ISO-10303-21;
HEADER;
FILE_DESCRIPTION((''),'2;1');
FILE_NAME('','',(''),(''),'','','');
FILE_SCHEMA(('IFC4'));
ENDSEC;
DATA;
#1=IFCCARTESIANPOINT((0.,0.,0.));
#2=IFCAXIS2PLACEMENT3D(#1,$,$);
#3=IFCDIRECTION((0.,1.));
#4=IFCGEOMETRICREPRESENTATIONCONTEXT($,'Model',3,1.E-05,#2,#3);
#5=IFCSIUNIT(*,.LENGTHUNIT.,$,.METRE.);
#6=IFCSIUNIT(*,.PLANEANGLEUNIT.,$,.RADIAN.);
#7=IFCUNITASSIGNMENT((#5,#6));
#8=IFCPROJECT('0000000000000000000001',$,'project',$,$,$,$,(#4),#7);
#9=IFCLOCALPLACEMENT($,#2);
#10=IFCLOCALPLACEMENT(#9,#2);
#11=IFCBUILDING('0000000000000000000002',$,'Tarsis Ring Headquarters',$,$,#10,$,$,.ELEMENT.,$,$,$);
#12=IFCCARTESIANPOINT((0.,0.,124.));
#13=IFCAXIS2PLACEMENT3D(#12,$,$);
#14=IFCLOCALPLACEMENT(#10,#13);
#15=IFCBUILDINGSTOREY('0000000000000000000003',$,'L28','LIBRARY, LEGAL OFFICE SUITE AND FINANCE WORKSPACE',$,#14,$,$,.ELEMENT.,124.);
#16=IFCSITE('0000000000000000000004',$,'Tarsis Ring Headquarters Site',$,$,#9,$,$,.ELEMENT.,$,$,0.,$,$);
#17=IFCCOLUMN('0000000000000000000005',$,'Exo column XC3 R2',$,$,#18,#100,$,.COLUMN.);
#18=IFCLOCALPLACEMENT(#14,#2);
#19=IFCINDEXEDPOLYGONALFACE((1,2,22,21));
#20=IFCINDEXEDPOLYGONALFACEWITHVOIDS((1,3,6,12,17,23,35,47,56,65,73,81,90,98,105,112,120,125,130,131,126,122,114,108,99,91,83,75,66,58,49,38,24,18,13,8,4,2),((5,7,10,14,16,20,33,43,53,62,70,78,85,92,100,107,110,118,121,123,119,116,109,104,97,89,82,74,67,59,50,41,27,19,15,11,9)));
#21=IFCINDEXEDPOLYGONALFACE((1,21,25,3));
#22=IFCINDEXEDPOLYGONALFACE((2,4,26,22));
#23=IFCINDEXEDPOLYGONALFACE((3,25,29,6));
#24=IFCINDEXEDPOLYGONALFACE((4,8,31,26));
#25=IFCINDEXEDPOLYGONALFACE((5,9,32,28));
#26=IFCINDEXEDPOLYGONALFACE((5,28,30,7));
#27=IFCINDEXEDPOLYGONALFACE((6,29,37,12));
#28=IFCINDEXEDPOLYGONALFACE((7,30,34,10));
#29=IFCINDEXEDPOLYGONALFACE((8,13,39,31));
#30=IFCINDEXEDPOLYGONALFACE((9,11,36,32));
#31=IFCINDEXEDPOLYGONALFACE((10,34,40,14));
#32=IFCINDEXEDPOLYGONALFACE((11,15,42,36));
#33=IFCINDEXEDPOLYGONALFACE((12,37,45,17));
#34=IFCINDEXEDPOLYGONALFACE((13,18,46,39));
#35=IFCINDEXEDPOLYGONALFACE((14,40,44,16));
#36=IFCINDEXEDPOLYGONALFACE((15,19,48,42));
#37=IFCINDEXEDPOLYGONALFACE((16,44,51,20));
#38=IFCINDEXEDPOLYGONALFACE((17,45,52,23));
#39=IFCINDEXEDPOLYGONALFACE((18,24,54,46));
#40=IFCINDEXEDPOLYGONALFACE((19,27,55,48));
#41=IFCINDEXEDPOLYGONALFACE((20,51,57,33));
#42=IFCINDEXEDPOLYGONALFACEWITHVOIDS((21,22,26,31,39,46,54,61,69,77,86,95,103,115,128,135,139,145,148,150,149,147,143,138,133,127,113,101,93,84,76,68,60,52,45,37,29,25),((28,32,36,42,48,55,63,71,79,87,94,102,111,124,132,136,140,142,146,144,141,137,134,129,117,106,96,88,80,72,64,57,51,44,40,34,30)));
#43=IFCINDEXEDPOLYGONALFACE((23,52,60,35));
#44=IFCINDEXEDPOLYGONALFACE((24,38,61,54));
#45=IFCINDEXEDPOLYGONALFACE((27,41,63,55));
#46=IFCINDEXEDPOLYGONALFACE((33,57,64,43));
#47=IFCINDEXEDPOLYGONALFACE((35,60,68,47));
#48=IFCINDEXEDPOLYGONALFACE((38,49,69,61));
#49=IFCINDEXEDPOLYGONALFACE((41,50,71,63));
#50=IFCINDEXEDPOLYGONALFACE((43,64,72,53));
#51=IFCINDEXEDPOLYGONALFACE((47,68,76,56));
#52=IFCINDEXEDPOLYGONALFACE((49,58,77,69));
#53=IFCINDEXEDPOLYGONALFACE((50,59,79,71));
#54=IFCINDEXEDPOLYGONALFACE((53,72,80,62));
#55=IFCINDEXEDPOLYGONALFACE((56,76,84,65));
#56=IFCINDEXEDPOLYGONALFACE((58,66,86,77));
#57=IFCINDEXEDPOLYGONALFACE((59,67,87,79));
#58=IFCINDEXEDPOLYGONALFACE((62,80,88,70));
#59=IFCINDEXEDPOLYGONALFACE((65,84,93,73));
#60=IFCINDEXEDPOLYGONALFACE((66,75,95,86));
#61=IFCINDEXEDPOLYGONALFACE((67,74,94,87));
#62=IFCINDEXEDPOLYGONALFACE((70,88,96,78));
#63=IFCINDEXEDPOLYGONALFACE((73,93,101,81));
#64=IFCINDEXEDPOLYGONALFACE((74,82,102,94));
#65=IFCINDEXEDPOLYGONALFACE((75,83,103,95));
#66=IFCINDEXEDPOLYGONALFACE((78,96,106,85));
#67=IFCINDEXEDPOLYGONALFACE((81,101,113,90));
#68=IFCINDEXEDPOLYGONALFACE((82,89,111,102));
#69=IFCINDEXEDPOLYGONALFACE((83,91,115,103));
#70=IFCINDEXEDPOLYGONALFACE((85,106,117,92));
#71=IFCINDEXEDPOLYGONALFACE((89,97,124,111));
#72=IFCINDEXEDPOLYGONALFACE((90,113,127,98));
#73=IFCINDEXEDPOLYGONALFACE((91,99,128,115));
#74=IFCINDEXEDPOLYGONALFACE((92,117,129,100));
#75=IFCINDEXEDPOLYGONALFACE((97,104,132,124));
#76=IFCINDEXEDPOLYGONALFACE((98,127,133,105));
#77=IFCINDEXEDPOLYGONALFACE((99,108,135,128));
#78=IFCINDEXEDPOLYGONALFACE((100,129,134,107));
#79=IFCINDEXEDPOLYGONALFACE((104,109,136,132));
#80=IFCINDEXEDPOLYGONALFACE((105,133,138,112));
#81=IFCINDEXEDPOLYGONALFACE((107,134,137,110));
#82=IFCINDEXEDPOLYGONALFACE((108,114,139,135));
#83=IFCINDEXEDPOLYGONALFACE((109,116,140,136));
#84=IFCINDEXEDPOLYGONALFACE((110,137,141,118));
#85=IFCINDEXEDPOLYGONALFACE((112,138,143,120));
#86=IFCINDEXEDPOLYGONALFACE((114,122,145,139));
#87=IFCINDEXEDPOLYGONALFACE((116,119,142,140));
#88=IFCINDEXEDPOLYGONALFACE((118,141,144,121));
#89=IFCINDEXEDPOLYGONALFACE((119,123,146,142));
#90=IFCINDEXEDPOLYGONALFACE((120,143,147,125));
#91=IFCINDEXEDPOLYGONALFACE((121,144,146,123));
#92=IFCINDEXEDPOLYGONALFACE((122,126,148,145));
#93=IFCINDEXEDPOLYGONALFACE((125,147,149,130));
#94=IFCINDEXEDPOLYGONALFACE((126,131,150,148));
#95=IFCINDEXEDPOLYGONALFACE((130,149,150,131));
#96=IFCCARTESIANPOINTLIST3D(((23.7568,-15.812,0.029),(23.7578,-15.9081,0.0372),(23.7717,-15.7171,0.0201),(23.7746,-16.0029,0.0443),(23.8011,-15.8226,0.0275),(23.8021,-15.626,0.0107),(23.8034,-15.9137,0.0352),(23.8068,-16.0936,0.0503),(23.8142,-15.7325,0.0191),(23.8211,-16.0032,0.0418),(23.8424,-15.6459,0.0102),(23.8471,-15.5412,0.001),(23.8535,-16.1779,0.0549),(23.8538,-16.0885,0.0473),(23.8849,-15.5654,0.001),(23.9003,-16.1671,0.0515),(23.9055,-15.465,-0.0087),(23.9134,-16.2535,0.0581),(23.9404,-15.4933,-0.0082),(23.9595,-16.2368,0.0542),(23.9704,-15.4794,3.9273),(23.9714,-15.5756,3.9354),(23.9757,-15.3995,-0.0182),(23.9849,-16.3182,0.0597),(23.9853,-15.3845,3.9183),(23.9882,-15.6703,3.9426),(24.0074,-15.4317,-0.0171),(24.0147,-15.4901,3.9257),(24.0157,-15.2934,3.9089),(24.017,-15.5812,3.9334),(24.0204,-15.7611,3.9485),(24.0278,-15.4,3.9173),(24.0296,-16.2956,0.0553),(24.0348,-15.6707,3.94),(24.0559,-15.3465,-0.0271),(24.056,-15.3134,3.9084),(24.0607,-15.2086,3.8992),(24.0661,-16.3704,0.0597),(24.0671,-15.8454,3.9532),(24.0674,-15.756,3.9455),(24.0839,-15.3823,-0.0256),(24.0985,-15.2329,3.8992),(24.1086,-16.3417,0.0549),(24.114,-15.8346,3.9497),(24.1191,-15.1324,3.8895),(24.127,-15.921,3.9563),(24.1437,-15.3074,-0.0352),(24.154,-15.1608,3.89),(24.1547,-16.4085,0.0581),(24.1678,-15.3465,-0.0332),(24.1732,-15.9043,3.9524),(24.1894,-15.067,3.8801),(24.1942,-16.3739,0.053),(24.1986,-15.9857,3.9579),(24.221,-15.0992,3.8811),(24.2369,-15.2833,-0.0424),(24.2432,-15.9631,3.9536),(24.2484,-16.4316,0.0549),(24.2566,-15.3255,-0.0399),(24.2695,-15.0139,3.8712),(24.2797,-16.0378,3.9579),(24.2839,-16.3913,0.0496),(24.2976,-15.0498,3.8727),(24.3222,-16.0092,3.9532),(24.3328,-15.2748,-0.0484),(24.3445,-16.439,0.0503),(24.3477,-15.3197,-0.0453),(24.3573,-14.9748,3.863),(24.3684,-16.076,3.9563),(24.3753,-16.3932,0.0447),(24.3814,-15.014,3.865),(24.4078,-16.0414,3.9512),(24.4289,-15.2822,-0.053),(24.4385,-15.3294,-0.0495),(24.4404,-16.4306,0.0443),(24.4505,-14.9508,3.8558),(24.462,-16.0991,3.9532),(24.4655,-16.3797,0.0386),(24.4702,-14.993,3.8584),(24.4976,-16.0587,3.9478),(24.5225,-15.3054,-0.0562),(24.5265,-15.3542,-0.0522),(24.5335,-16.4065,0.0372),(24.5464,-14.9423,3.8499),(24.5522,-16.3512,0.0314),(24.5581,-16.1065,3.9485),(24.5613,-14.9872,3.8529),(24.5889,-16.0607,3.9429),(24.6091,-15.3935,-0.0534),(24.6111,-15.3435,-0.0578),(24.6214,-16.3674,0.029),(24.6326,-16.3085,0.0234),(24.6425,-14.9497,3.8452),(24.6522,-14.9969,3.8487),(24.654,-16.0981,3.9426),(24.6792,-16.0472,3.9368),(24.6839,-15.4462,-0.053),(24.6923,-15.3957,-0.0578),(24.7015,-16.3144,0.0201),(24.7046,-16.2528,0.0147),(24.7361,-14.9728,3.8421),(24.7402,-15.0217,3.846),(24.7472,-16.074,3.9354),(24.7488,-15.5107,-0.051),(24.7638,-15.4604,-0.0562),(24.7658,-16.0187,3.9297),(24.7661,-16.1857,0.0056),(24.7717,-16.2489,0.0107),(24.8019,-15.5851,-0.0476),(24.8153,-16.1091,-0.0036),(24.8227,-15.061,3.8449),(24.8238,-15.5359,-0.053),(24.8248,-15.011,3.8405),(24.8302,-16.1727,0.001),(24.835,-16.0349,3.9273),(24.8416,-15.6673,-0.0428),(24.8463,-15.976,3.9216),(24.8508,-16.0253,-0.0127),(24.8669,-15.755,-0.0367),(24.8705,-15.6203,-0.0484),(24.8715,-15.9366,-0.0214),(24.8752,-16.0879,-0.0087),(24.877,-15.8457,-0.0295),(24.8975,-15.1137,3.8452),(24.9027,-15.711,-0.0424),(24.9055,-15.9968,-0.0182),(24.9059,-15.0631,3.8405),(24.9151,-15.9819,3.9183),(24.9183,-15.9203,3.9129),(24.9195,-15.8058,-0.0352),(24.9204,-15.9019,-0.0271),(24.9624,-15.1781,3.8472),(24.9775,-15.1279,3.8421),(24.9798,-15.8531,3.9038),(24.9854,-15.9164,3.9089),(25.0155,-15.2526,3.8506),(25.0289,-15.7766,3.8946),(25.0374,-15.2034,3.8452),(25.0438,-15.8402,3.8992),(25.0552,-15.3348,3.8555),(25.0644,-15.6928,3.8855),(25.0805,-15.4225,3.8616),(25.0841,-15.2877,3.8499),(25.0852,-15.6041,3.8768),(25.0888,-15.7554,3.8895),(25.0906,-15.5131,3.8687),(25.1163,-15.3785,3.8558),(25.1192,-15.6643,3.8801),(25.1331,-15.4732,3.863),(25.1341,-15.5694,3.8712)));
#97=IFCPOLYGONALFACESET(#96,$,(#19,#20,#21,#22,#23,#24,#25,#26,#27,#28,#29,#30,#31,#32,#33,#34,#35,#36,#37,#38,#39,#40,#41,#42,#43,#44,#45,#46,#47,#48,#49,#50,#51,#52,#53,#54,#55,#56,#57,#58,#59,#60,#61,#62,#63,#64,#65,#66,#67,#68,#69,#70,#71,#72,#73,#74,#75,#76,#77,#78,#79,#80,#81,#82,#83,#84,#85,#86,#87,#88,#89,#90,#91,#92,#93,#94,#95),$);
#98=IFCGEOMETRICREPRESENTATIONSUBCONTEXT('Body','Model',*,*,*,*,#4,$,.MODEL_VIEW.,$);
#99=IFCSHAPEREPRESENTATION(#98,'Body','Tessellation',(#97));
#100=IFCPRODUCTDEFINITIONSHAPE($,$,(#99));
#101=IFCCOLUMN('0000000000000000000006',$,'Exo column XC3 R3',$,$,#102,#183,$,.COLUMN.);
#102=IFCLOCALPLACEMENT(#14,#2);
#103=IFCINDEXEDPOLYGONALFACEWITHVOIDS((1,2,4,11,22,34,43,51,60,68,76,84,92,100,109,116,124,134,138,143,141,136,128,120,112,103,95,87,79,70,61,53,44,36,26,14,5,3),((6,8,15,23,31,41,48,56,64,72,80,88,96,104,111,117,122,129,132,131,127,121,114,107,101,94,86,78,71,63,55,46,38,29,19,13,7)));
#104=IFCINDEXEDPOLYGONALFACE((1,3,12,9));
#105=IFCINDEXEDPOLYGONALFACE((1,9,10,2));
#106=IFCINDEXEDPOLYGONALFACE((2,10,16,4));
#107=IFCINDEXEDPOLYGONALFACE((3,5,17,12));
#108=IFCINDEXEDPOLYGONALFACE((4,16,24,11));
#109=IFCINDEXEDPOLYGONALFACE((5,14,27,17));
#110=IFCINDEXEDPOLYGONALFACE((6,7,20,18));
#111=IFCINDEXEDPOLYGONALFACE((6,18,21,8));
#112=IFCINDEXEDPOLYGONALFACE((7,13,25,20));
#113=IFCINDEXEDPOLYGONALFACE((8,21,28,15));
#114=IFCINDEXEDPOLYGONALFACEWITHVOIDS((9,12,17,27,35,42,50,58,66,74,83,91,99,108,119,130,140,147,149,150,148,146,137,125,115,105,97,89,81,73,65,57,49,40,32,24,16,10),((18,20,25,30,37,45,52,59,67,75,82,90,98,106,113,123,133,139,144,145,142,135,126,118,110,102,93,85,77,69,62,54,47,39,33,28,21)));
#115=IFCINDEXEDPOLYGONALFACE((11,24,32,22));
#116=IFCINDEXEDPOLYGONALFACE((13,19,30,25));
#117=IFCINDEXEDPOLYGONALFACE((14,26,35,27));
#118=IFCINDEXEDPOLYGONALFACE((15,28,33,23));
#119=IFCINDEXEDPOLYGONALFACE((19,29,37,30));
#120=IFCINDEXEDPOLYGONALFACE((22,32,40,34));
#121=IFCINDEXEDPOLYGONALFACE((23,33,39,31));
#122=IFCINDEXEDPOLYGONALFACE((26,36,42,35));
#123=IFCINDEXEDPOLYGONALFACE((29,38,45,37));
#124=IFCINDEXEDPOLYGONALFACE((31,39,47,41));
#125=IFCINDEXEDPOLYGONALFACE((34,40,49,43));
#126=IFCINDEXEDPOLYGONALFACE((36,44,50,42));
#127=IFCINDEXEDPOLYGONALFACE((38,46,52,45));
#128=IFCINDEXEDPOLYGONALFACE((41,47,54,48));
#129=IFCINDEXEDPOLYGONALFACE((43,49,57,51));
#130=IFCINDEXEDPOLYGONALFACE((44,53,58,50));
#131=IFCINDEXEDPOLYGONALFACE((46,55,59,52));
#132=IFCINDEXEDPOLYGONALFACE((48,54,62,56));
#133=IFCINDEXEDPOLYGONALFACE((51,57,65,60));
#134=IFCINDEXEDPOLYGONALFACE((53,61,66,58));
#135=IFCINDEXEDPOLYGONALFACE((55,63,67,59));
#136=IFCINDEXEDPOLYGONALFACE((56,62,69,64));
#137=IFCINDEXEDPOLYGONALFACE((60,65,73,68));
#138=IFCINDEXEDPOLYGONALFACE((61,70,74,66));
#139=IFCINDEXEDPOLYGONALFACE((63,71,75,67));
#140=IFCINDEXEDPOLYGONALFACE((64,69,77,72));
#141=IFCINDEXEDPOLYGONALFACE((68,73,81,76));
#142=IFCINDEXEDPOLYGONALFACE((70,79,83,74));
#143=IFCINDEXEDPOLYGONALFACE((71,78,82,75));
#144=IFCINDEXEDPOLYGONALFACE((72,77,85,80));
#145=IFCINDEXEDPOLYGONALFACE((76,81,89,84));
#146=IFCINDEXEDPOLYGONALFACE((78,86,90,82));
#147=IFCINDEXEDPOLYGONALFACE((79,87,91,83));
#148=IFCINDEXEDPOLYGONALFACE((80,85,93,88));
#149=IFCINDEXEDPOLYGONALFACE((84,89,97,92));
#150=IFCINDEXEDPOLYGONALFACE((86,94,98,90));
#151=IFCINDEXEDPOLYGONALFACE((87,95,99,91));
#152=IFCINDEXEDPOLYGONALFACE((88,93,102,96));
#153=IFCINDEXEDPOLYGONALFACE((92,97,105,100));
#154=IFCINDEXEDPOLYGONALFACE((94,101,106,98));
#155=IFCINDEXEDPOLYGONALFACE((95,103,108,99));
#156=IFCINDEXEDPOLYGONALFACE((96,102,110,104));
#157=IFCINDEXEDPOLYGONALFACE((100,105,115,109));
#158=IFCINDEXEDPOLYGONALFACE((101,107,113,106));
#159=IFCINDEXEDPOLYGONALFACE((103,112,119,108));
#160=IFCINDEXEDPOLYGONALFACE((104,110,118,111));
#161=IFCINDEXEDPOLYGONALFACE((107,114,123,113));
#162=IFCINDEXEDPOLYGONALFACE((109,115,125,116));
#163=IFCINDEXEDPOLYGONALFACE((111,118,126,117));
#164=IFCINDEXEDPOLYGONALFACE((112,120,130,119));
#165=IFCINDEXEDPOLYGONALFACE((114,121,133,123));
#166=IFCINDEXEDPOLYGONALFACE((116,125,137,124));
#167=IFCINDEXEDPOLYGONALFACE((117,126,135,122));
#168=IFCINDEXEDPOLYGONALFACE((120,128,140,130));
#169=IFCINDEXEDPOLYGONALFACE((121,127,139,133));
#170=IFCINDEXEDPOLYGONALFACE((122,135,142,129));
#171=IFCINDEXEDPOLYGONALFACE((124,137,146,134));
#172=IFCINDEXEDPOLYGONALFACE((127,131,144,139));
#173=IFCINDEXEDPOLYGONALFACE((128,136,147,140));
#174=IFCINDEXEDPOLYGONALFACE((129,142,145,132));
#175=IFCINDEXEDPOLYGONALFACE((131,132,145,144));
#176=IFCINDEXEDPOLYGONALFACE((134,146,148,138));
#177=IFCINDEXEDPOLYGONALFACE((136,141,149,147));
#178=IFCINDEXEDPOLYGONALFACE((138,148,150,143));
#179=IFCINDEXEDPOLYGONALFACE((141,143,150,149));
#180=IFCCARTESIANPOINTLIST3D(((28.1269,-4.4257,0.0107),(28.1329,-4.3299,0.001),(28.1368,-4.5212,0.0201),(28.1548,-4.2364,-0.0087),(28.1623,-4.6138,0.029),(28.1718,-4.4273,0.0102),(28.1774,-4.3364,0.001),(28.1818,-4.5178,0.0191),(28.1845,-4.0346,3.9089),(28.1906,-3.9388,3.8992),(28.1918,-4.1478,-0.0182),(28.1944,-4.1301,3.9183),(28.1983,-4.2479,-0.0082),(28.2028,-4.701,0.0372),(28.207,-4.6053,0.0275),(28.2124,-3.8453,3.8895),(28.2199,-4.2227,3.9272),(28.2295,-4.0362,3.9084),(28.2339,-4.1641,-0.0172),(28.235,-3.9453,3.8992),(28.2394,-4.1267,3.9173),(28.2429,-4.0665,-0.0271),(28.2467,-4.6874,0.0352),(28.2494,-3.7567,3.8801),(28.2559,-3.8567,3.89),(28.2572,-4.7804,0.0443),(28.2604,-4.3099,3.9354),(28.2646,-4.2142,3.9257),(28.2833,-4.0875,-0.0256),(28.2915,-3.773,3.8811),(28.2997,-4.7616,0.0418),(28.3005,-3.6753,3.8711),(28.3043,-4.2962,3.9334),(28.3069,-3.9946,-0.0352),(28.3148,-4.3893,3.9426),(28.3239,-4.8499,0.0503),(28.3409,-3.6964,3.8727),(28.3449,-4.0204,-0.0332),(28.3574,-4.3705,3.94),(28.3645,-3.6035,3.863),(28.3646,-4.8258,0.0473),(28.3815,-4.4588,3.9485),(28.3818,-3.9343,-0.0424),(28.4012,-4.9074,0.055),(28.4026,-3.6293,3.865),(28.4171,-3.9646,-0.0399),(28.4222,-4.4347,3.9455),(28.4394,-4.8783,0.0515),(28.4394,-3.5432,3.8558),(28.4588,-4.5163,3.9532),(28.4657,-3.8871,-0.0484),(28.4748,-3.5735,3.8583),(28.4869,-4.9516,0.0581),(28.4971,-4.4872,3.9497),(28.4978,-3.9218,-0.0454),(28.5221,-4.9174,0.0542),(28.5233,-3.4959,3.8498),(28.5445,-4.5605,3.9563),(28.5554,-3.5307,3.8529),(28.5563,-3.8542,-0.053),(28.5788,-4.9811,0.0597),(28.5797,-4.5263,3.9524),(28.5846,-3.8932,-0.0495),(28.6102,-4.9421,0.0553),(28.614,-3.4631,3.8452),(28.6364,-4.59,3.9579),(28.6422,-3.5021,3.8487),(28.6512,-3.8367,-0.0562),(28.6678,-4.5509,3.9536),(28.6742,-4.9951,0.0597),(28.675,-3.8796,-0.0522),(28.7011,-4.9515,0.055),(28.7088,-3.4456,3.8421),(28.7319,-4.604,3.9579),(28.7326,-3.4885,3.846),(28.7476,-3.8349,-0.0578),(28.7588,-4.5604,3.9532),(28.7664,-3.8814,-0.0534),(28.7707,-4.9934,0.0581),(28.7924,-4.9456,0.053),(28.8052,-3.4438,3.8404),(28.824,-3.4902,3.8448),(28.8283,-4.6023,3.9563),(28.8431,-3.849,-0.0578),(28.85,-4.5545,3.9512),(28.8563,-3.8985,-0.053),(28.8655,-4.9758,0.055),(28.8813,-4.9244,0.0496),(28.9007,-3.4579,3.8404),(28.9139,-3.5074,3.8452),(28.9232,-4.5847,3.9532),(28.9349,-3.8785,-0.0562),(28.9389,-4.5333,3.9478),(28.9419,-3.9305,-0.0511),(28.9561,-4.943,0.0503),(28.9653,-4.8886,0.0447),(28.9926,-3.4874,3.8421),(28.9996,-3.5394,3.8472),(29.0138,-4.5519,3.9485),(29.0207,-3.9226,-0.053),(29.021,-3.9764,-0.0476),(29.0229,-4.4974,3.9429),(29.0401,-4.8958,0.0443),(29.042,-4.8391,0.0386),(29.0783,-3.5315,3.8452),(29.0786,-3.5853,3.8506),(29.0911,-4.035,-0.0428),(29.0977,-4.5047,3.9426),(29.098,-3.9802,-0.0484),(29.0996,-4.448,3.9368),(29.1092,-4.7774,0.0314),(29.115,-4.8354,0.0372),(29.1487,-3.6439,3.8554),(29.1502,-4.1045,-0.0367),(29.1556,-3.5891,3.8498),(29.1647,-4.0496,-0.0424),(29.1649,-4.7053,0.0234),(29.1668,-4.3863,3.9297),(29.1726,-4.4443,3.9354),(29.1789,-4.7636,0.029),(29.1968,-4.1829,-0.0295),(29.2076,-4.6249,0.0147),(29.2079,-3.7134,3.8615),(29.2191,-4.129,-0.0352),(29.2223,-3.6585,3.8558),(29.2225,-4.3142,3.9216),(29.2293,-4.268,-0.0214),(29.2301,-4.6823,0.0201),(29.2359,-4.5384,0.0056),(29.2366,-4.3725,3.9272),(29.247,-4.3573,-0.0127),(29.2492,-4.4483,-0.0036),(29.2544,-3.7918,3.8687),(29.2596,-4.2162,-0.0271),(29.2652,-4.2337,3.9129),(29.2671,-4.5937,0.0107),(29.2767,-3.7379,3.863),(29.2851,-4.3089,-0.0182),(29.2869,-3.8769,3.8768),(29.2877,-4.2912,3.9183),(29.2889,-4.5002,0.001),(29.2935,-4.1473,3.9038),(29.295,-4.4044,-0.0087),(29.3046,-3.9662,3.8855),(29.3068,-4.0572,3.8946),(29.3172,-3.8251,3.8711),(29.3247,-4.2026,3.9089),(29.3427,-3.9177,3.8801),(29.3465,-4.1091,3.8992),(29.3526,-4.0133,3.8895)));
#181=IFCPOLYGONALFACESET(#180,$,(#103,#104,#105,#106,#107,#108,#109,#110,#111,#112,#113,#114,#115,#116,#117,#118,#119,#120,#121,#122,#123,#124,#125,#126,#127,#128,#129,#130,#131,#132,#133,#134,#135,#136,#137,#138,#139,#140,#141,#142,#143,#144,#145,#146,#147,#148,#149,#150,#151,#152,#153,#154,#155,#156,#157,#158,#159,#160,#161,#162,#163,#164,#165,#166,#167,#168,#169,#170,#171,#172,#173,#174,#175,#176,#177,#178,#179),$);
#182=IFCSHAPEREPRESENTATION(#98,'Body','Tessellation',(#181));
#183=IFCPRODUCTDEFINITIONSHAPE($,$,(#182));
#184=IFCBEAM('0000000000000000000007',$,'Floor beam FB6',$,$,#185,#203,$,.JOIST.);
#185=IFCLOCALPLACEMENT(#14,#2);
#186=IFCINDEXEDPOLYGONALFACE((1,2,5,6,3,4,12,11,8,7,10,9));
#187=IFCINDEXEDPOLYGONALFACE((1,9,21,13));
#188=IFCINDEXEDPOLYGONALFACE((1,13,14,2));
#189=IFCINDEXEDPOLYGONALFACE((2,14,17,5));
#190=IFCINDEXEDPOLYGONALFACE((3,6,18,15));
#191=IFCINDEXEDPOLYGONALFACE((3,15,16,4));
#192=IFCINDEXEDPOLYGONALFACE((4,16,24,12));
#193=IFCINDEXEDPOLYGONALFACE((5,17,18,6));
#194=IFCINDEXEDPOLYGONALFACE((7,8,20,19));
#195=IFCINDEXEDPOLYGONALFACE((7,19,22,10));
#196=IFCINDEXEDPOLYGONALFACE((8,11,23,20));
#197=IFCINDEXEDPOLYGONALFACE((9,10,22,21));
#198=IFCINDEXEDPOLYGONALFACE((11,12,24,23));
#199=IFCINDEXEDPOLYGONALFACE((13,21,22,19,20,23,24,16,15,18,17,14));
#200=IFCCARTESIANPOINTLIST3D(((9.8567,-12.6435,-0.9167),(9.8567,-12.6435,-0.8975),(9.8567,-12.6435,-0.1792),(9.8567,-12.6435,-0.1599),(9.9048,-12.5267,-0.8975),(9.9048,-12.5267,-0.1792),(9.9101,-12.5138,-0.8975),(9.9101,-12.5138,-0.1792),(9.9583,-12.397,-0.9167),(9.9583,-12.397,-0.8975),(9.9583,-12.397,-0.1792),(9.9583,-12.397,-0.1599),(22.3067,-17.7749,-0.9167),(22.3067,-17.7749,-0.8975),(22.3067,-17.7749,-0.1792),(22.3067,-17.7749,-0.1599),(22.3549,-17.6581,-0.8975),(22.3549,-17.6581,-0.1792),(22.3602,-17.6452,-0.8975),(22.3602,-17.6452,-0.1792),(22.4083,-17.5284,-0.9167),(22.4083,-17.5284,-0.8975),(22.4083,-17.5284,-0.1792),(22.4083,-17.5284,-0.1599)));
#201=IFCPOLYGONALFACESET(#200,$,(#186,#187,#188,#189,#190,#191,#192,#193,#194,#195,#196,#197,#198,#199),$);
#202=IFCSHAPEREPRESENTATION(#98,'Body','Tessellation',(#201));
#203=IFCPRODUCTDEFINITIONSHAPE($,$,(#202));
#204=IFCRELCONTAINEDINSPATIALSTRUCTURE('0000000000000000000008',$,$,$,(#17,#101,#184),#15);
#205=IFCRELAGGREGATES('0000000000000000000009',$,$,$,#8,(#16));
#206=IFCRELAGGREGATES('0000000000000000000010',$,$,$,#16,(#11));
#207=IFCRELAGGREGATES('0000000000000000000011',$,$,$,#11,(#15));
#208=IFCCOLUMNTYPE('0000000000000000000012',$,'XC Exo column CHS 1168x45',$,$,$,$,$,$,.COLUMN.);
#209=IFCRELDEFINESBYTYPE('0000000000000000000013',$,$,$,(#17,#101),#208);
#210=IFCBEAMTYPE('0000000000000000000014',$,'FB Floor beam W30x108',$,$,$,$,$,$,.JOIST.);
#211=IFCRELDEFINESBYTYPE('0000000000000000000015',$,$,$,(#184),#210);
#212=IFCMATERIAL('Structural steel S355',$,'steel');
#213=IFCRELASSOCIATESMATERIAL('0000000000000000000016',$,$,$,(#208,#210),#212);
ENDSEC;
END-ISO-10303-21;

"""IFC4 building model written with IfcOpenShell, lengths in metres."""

from ifc_helpers import new_model, si_unit, direction, frame, origin, origin_2d, place, context, subcontext, project, spatial, hollow_circle, i_section, extrude, material, material_profile, profile_set, type_object, element, save


model = new_model("IFC4")

# Units and contexts
model_context = context("Model", 3, precision=1e-05, world=origin(), true_north=direction((0.0, 1.0)))
body_context = subcontext(model_context, "Body", "Model", "MODEL_VIEW")
ifc_project = project(units=[si_unit("LENGTHUNIT", "METRE"), si_unit("PLANEANGLEUNIT", "RADIAN")], contexts=[model_context])

# Site, building, storey
site_placement = place(None, origin())
site = spatial("IfcSite", under=ifc_project, at=site_placement, Name="Tarsis Ring Headquarters Site", CompositionType="ELEMENT", RefElevation=0.0)
building_placement = place(site_placement, origin())
building = spatial("IfcBuilding", under=site, at=building_placement, Name="Tarsis Ring Headquarters", CompositionType="ELEMENT")
storey_placement = place(building_placement, frame((0.0, 0.0, 124.0)))
storey = spatial("IfcBuildingStorey", under=building, at=storey_placement, Name="L28", Description="LIBRARY, LEGAL OFFICE SUITE AND FINANCE WORKSPACE", CompositionType="ELEMENT", Elevation=124.0)

# Columns
ifc_material_1 = material(Name="Structural steel S355", Category="steel")
ifc_material_profile_1 = material_profile(ifc_material_1, hollow_circle(Radius=0.5842, WallThickness=0.0449, at=origin_2d()), Name="CHS 1168x45")
ifc_profile_set_1 = profile_set([ifc_material_profile_1], Name="Structural steel S355")
column_type = type_object("IfcColumnType", Name="XC Exo column CHS 1168x45", PredefinedType="COLUMN", material=ifc_profile_set_1)
for number, where, z_axis, x_axis, name in (
    (1, (24.3386, -15.8569, 0.001), (0.054521, 0.084866, 0.9949), (-0.841339, 0.540508, 0.0), "Exo column XC3 R2"),
    (2, (28.7109, -4.415, 0.001), (0.014705, 0.09982, 0.994897), (-0.989323, 0.145743, 0.0), "Exo column XC3 R3"),
):
    element("IfcColumn", number, at=place(storey_placement, frame(where, z_axis=z_axis, x_axis=x_axis)), inside=storey, type_object=column_type, Name=name, PredefinedType="COLUMN", context=body_context, shape_type="SweptSolid", body=[
        extrude(hollow_circle(Radius=0.5842, WallThickness=0.0449, at=origin_2d()), origin(), (0.0, 0.0, 1.0), 3.9182),
    ])

# Beam
ifc_material_profile_2 = material_profile(ifc_material_1, i_section(OverallWidth=0.2666, OverallDepth=0.7568, WebThickness=0.0139, FlangeThickness=0.0193, at=origin_2d()), Name="W30x108")
ifc_profile_set_2 = profile_set([ifc_material_profile_2], Name="Structural steel S355")
beam_type_1 = type_object("IfcBeamType", Name="FB Floor beam W30x108", PredefinedType="JOIST", material=ifc_profile_set_2)
beam_1_placement = place(storey_placement, frame((9.9075, -12.5203, -0.5383), z_axis=(0.92455, -0.381061, 0.0), x_axis=(0.381061, 0.92455, 0.0)))
element("IfcBeam", 3, at=beam_1_placement, inside=storey, type_object=beam_type_1, Name="Floor beam FB6", PredefinedType="JOIST", context=body_context, shape_type="SweptSolid", body=[
    extrude(i_section(OverallWidth=0.2666, OverallDepth=0.7568, WebThickness=0.0139, FlangeThickness=0.0193, at=origin_2d()), origin(), (0.0, 0.0, 1.0), 13.4661),
])

save(model, "model.ifc")
